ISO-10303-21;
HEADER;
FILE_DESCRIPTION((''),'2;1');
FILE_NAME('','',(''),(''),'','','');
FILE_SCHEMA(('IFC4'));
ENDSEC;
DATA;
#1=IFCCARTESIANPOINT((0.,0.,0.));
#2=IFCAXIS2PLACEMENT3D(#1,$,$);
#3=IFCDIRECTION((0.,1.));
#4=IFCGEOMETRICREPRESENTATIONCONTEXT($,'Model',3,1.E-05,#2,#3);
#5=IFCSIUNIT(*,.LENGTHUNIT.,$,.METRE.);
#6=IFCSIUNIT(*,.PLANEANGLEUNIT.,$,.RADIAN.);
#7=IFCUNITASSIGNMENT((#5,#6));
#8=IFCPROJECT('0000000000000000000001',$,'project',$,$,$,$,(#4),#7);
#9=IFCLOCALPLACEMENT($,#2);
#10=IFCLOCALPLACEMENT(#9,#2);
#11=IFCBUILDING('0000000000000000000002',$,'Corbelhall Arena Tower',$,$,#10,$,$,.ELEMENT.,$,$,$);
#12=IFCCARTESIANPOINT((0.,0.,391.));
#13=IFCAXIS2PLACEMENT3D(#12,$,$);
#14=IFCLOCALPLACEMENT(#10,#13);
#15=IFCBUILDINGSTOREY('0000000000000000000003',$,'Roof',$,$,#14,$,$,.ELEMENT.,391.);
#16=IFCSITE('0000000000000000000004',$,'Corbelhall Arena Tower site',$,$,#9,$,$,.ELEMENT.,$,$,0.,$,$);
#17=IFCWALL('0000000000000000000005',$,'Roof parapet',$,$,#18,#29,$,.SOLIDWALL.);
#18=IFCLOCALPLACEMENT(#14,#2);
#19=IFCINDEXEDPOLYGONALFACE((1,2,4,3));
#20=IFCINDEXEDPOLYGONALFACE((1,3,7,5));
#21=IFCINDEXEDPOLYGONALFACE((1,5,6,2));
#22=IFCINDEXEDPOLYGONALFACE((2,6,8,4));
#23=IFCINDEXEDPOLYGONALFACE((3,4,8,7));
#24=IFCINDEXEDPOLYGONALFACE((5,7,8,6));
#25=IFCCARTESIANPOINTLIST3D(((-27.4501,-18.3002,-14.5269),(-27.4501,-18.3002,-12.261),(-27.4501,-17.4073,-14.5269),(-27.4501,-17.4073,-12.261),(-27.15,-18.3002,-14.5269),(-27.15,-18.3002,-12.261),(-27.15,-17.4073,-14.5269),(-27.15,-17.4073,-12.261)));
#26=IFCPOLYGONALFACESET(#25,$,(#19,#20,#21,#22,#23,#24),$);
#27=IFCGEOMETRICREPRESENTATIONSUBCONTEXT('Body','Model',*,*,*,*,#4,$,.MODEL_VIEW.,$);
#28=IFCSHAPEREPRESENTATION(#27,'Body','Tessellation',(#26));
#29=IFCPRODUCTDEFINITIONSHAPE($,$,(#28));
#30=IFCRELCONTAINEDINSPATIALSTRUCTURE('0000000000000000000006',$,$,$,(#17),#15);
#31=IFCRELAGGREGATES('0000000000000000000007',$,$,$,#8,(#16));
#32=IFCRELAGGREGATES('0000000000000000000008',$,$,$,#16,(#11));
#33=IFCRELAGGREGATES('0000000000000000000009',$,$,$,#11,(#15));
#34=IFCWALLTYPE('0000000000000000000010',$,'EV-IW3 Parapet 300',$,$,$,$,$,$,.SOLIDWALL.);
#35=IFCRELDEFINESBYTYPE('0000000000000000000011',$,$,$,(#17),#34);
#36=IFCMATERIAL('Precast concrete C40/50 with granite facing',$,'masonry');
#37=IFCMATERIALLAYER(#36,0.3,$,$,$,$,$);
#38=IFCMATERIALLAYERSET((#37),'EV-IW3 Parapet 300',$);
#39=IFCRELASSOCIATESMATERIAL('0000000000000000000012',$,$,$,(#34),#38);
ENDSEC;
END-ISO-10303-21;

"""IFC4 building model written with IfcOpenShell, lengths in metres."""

from ifc_helpers import new_model, si_unit, direction, frame, frame_2d, origin, place, context, subcontext, project, spatial, rectangle, extrude, material, layer, layer_set, type_object, element, save


model = new_model("IFC4")

# Units and contexts
model_context = context("Model", 3, precision=1e-05, world=origin(), true_north=direction((0.0, 1.0)))
body_context = subcontext(model_context, "Body", "Model", "MODEL_VIEW")
ifc_project = project(units=[si_unit("LENGTHUNIT", "METRE"), si_unit("PLANEANGLEUNIT", "RADIAN")], contexts=[model_context])

# Site, building, storey
site_placement = place(None, origin())
site = spatial("IfcSite", under=ifc_project, at=site_placement, Name="Corbelhall Arena Tower site", CompositionType="ELEMENT", RefElevation=0.0)
building_placement = place(site_placement, origin())
building = spatial("IfcBuilding", under=site, at=building_placement, Name="Corbelhall Arena Tower", CompositionType="ELEMENT")
storey_placement = place(building_placement, frame((0.0, 0.0, 391.0)))
storey = spatial("IfcBuildingStorey", under=building, at=storey_placement, Name="Roof", CompositionType="ELEMENT", Elevation=391.0)

# Wall
ifc_material_1 = material(Name="Precast concrete C40/50 with granite facing", Category="masonry")
ifc_layer = layer(ifc_material_1, 0.3)
ifc_layer_set = layer_set([ifc_layer], Name="EV-IW3 Parapet 300")
wall_type = type_object("IfcWallType", Name="EV-IW3 Parapet 300", PredefinedType="SOLIDWALL", material=ifc_layer_set)
wall_1_placement = place(storey_placement, frame((-27.3, -18.3, -14.5269), z_axis=(0.0, 0.0, 1.0), x_axis=(0.0, 1.0, 0.0)))
element("IfcWall", 1, at=wall_1_placement, inside=storey, type_object=wall_type, Name="Roof parapet", PredefinedType="SOLIDWALL", context=body_context, shape_type="SweptSolid", body=[
    extrude(rectangle(XDim=0.8928, YDim=0.3, at=frame_2d((0.4463, 0.0))), origin(), (0.0, 0.0, 1.0), 2.2659),
])

save(model, "model.ifc")
